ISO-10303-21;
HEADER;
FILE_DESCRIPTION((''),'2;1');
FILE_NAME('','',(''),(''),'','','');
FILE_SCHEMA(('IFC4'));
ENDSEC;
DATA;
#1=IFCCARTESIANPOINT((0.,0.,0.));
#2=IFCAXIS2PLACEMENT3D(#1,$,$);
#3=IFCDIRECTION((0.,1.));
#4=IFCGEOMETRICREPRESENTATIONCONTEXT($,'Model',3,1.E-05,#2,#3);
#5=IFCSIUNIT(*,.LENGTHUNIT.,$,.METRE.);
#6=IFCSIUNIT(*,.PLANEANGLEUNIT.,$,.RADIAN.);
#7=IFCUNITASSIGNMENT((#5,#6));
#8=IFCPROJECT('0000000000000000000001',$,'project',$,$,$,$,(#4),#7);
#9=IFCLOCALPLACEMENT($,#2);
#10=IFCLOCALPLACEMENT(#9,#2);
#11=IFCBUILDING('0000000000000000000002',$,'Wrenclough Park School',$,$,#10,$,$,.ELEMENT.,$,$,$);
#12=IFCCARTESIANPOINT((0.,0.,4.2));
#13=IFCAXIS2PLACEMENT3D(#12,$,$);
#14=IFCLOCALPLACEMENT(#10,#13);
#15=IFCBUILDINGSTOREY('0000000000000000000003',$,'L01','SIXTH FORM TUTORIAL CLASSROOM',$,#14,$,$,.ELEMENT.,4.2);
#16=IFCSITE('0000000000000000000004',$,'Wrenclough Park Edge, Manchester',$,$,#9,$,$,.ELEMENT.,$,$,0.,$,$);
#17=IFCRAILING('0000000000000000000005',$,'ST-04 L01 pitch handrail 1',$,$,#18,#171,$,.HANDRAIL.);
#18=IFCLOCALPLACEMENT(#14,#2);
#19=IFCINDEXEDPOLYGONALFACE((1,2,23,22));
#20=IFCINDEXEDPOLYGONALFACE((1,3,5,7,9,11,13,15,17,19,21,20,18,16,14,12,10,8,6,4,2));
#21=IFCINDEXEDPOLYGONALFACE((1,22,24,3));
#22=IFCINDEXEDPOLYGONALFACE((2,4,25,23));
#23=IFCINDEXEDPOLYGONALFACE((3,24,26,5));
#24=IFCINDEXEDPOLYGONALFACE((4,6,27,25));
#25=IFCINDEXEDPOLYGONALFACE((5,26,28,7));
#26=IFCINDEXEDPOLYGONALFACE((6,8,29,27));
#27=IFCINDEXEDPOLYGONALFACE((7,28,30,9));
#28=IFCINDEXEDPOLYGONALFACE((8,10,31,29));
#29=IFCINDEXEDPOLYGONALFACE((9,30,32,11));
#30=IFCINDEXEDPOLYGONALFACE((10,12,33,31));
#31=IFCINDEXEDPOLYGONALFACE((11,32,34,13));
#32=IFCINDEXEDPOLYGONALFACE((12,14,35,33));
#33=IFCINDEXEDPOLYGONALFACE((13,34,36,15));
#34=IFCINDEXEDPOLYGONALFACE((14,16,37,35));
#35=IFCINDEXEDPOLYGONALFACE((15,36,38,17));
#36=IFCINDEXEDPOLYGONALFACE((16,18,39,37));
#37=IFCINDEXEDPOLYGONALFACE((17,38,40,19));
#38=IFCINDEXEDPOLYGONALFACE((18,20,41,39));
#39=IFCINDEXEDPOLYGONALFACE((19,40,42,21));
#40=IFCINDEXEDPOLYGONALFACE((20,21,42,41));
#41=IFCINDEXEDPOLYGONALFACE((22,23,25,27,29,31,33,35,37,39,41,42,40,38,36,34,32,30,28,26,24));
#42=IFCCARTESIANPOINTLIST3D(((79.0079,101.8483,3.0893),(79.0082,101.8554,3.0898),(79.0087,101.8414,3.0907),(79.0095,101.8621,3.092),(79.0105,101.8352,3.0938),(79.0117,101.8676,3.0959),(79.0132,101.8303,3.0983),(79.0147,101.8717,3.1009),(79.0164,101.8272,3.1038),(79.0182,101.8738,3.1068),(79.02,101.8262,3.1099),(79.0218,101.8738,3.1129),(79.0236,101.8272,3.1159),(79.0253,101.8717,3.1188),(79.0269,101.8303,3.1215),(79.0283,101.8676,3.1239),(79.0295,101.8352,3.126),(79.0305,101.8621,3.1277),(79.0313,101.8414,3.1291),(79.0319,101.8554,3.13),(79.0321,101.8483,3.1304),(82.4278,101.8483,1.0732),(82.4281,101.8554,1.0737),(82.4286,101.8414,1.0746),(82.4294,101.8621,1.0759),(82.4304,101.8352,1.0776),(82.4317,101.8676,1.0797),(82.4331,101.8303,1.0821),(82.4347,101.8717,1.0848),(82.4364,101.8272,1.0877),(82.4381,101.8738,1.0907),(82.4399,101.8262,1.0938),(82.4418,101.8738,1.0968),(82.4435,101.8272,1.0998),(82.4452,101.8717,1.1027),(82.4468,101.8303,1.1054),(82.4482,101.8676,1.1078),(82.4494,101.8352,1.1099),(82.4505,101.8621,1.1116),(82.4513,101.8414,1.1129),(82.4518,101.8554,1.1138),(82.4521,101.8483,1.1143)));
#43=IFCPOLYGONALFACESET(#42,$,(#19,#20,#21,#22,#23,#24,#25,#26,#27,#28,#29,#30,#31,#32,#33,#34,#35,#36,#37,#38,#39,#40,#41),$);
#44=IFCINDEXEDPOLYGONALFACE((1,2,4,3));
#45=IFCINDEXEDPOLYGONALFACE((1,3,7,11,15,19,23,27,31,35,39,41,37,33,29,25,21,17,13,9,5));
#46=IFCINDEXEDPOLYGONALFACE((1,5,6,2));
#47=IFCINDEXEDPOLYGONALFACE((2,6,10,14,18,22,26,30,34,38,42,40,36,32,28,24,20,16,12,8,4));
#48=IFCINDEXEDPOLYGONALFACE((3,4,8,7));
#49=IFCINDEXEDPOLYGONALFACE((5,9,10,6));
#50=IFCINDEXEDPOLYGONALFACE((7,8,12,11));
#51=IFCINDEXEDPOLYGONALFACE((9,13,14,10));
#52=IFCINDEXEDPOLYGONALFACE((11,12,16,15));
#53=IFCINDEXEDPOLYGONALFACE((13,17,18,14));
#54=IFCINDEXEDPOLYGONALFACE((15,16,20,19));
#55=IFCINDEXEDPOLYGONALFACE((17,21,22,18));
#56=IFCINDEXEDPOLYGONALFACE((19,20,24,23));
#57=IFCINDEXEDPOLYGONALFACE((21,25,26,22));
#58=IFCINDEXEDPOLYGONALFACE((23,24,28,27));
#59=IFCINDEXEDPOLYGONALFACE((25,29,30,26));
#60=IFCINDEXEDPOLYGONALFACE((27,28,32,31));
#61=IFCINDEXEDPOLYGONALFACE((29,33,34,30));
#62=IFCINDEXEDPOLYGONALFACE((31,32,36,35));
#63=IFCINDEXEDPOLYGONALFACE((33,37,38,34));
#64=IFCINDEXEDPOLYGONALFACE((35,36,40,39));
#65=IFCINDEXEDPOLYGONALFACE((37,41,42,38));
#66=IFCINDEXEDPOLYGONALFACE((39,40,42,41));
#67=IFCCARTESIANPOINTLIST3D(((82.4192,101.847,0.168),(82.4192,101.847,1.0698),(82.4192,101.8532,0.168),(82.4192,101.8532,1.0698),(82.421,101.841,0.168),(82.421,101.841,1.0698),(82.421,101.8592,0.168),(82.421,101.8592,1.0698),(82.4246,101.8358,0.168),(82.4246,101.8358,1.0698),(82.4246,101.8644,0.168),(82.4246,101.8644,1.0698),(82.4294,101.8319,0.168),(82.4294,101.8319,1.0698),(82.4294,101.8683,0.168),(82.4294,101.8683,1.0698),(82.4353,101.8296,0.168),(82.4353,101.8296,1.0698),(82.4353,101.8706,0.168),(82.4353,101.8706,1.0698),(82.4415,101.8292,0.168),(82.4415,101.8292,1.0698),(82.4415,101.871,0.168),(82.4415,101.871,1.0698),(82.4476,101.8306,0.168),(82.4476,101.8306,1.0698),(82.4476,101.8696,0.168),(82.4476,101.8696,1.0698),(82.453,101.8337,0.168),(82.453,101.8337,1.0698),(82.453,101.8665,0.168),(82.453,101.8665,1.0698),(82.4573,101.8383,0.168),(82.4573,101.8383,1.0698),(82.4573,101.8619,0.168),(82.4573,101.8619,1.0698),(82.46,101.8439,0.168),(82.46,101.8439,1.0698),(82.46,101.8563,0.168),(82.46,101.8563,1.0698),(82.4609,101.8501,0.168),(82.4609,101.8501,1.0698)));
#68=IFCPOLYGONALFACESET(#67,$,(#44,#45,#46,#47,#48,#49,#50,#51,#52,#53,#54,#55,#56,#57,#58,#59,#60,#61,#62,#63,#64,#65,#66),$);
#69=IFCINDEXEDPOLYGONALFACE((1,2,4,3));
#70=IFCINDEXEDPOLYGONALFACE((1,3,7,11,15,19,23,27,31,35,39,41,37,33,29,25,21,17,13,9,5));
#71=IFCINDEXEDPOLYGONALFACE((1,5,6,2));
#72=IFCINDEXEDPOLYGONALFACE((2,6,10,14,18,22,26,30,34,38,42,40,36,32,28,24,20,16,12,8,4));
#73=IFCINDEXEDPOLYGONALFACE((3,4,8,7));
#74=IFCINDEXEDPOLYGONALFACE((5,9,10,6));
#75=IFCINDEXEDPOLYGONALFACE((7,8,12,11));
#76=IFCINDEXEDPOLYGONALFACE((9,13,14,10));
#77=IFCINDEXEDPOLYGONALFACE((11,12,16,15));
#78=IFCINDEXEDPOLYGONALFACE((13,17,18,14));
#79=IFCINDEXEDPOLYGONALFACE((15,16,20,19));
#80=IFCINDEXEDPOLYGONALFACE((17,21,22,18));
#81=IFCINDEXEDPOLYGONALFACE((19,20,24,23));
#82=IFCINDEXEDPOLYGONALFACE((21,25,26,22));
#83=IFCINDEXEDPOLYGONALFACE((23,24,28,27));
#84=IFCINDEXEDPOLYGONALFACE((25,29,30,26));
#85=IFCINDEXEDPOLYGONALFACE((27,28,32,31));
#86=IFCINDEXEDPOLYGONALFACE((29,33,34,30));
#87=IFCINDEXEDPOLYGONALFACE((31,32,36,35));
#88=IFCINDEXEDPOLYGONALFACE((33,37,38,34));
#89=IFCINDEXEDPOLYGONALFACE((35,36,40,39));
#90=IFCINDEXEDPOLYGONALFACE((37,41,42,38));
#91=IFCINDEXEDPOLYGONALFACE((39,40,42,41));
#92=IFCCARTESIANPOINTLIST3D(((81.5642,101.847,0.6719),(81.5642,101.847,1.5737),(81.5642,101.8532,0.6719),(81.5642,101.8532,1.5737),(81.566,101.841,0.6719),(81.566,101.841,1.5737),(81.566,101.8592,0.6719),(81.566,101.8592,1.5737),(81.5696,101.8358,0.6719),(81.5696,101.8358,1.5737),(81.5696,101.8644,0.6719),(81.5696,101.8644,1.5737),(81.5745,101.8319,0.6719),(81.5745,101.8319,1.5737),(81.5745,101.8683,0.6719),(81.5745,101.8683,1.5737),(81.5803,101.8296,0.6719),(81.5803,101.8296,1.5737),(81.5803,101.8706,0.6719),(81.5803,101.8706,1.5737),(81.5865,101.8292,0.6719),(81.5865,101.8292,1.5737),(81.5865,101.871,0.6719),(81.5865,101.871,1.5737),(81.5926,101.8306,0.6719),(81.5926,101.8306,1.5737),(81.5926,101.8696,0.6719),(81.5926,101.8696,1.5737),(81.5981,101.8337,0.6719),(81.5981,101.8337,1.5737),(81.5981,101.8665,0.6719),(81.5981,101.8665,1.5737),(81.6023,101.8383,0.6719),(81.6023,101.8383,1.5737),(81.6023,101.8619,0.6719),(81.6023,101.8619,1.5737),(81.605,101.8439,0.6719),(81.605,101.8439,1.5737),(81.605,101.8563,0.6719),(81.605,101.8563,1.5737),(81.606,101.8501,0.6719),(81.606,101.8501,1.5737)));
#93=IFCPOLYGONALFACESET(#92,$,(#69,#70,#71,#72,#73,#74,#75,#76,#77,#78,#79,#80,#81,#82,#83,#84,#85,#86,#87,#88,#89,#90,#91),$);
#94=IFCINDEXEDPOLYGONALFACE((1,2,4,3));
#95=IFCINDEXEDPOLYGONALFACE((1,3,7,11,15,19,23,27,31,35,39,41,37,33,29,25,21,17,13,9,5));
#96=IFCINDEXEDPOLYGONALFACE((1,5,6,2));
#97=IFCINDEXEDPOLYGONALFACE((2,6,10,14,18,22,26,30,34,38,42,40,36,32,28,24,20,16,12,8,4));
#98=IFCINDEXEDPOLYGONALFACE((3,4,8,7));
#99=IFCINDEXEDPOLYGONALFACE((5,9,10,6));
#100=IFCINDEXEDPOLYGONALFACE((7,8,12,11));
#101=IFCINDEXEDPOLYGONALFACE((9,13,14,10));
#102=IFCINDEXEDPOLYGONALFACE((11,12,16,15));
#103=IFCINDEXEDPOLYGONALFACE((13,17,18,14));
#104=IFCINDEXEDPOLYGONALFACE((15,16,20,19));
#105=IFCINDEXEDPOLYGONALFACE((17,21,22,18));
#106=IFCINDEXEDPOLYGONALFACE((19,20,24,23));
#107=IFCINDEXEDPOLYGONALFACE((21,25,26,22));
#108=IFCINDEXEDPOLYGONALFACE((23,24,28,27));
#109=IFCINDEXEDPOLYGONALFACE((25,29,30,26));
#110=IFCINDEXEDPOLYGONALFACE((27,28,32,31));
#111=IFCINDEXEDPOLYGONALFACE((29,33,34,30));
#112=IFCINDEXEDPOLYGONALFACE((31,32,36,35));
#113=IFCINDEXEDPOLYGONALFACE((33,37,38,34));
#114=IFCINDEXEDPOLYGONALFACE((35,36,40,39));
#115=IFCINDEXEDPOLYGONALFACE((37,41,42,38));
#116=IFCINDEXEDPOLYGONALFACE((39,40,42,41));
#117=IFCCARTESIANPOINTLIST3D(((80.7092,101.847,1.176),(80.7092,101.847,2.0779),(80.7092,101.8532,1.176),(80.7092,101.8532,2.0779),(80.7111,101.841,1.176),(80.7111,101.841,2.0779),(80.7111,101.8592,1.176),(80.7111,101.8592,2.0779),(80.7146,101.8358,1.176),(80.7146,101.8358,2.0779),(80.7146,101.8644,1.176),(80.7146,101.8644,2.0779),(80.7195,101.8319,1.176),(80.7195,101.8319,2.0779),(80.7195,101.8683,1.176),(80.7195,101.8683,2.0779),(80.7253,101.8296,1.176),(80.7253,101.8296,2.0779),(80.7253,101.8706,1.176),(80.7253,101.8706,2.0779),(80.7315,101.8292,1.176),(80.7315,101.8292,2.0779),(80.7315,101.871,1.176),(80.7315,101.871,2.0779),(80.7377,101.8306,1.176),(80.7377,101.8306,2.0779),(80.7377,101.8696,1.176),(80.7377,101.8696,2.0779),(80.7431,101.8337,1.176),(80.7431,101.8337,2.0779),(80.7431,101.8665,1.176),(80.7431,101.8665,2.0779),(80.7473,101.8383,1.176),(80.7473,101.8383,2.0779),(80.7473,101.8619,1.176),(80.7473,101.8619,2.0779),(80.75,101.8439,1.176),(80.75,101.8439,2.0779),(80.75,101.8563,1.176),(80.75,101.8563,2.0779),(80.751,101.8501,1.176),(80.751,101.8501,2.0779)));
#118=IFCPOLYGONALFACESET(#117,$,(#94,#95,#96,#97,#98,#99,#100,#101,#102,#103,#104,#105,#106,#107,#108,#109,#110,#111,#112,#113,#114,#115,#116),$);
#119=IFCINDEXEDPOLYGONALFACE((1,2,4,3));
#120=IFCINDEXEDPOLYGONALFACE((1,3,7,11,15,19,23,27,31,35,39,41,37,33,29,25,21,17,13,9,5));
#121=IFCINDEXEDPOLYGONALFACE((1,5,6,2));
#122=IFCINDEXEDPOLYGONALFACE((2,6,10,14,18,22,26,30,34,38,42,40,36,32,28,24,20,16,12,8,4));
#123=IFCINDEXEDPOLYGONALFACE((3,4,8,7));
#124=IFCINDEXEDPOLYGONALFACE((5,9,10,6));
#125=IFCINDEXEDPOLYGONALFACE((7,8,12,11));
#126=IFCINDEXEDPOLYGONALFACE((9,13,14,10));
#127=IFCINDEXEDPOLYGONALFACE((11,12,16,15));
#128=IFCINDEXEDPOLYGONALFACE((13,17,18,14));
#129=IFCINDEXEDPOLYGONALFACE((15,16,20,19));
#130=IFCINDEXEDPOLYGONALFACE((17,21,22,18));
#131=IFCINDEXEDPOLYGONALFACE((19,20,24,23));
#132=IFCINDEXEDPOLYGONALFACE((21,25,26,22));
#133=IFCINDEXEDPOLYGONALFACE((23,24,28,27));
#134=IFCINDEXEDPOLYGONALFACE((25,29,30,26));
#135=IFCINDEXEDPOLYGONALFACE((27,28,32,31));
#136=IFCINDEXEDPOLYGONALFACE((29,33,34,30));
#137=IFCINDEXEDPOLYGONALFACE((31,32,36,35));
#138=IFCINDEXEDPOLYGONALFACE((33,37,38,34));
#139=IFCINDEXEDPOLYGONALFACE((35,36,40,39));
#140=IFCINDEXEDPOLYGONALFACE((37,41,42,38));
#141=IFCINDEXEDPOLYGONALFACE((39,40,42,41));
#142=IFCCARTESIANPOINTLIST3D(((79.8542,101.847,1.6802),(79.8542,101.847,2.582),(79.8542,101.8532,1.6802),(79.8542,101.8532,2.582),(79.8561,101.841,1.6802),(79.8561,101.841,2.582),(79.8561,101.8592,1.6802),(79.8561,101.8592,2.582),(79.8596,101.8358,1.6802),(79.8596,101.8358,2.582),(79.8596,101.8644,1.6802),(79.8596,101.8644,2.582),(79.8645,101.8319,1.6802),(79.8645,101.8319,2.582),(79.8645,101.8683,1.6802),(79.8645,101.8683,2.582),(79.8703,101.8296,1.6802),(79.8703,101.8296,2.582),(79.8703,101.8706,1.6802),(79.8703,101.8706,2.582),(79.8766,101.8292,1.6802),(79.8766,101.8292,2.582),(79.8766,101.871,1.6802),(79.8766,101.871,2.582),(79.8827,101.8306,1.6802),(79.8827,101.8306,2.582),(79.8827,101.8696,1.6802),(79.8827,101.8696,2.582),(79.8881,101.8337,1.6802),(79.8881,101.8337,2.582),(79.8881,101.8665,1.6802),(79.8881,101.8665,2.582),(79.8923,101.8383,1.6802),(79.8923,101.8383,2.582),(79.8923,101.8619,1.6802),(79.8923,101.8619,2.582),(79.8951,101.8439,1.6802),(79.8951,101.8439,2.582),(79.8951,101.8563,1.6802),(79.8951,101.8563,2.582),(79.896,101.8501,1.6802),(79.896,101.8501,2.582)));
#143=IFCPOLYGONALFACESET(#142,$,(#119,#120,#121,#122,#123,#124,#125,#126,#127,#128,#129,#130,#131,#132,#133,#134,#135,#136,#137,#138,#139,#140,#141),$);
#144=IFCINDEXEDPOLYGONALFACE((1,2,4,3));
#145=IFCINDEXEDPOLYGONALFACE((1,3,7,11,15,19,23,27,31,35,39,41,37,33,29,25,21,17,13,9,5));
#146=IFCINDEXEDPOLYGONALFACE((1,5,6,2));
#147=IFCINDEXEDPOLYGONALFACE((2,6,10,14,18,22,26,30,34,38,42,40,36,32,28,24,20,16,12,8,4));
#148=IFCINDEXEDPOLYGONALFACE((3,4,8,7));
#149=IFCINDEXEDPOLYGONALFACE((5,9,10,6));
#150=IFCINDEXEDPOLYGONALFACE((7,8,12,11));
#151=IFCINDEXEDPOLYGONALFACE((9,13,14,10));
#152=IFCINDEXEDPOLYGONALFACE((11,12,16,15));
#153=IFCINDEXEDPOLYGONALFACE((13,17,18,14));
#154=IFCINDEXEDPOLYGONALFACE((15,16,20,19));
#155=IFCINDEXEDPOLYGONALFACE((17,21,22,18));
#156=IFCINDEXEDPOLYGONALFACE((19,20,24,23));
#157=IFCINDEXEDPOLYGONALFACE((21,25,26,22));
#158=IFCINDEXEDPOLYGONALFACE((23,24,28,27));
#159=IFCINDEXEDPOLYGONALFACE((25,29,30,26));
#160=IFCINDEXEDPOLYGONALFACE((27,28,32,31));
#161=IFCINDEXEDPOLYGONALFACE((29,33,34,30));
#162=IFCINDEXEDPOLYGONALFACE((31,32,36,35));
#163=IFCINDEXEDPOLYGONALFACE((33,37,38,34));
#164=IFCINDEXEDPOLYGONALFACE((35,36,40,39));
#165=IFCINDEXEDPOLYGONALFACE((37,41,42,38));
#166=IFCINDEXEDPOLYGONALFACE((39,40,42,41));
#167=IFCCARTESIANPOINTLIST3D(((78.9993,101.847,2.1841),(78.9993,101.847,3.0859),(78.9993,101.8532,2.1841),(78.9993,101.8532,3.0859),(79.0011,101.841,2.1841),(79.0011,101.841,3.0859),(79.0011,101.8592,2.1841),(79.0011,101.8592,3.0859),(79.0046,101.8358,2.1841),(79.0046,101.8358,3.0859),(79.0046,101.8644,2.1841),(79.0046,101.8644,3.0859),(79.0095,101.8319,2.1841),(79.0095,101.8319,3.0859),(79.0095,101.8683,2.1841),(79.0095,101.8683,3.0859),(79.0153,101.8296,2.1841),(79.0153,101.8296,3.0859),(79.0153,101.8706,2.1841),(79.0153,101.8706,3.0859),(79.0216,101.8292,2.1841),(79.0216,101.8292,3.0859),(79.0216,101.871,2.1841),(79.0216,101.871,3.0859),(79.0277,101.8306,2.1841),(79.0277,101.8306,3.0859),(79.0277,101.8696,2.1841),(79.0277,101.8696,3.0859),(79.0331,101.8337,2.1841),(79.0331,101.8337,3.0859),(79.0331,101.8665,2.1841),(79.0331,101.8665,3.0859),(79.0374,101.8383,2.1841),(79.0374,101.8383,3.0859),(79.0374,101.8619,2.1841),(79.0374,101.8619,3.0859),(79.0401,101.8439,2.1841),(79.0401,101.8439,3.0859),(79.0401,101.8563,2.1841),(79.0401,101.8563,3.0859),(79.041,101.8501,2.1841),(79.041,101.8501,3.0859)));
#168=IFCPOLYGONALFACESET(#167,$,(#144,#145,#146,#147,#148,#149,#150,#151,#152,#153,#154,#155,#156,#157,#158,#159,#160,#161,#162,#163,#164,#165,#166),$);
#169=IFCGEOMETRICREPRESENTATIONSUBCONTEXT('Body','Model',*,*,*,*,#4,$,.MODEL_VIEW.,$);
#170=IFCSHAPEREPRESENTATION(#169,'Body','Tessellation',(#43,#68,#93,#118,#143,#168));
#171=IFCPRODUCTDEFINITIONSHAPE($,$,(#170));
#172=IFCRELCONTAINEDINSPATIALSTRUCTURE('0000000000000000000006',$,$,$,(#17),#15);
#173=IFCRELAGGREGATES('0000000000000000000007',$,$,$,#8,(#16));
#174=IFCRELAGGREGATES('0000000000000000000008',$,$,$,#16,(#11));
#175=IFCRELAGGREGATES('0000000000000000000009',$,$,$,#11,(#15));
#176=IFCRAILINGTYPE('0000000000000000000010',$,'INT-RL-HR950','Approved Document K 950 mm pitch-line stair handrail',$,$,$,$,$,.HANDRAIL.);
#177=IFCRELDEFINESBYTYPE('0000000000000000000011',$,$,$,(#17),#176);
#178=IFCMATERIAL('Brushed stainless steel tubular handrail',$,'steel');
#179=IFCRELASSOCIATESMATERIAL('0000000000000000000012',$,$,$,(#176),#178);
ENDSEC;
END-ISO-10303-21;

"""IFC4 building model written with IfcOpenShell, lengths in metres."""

from ifc_helpers import new_model, si_unit, direction, frame, origin, origin_2d, place, context, subcontext, project, spatial, circle, extrude, material, type_object, element, save


model = new_model("IFC4")

# Units and contexts
model_context = context("Model", 3, precision=1e-05, world=origin(), true_north=direction((0.0, 1.0)))
body_context = subcontext(model_context, "Body", "Model", "MODEL_VIEW")
ifc_project = project(units=[si_unit("LENGTHUNIT", "METRE"), si_unit("PLANEANGLEUNIT", "RADIAN")], contexts=[model_context])

# Site, building, storey
site_placement = place(None, origin())
site = spatial("IfcSite", under=ifc_project, at=site_placement, Name="Wrenclough Park Edge, Manchester", CompositionType="ELEMENT", RefElevation=0.0)
building_placement = place(site_placement, origin())
building = spatial("IfcBuilding", under=site, at=building_placement, Name="Wrenclough Park School", CompositionType="ELEMENT")
storey_placement = place(building_placement, frame((0.0, 0.0, 4.2)))
storey = spatial("IfcBuildingStorey", under=building, at=storey_placement, Name="L01", Description="SIXTH FORM TUTORIAL CLASSROOM", CompositionType="ELEMENT", Elevation=4.2)

# Railing
ifc_material_1 = material(Name="Brushed stainless steel tubular handrail", Category="steel")
railing_type_1 = type_object("IfcRailingType", Name="INT-RL-HR950", Description="Approved Document K 950 mm pitch-line stair handrail", PredefinedType="HANDRAIL", material=ifc_material_1)
railing_1_placement = place(storey_placement, frame((82.4399, 101.8501, 0.168)))
element("IfcRailing", 1, at=railing_1_placement, inside=storey, type_object=railing_type_1, Name="ST-04 L01 pitch handrail 1", PredefinedType="HANDRAIL", context=body_context, shape_type="SweptSolid", body=[
    extrude(circle(Radius=0.0239, at=origin_2d()), frame((0.0, 0.0, 0.9258), z_axis=(-0.86145, 0.0, 0.507842), x_axis=(0.0, -1.0, 0.0)), (0.0, 0.0, 1.0), 3.97),
    extrude(circle(Radius=0.021, at=origin_2d()), origin(), (0.0, 0.0, 1.0), 0.9019),
    extrude(circle(Radius=0.021, at=origin_2d()), frame((-0.855, 0.0, 0.5039)), (0.0, 0.0, 1.0), 0.9019),
    extrude(circle(Radius=0.021, at=origin_2d()), frame((-1.71, 0.0, 1.0081)), (0.0, 0.0, 1.0), 0.9019),
    extrude(circle(Radius=0.021, at=origin_2d()), frame((-2.5649, 0.0, 1.5122)), (0.0, 0.0, 1.0), 0.9019),
    extrude(circle(Radius=0.021, at=origin_2d()), frame((-3.4199, 0.0, 2.0161)), (0.0, 0.0, 1.0), 0.9019),
])

save(model, "model.ifc")
